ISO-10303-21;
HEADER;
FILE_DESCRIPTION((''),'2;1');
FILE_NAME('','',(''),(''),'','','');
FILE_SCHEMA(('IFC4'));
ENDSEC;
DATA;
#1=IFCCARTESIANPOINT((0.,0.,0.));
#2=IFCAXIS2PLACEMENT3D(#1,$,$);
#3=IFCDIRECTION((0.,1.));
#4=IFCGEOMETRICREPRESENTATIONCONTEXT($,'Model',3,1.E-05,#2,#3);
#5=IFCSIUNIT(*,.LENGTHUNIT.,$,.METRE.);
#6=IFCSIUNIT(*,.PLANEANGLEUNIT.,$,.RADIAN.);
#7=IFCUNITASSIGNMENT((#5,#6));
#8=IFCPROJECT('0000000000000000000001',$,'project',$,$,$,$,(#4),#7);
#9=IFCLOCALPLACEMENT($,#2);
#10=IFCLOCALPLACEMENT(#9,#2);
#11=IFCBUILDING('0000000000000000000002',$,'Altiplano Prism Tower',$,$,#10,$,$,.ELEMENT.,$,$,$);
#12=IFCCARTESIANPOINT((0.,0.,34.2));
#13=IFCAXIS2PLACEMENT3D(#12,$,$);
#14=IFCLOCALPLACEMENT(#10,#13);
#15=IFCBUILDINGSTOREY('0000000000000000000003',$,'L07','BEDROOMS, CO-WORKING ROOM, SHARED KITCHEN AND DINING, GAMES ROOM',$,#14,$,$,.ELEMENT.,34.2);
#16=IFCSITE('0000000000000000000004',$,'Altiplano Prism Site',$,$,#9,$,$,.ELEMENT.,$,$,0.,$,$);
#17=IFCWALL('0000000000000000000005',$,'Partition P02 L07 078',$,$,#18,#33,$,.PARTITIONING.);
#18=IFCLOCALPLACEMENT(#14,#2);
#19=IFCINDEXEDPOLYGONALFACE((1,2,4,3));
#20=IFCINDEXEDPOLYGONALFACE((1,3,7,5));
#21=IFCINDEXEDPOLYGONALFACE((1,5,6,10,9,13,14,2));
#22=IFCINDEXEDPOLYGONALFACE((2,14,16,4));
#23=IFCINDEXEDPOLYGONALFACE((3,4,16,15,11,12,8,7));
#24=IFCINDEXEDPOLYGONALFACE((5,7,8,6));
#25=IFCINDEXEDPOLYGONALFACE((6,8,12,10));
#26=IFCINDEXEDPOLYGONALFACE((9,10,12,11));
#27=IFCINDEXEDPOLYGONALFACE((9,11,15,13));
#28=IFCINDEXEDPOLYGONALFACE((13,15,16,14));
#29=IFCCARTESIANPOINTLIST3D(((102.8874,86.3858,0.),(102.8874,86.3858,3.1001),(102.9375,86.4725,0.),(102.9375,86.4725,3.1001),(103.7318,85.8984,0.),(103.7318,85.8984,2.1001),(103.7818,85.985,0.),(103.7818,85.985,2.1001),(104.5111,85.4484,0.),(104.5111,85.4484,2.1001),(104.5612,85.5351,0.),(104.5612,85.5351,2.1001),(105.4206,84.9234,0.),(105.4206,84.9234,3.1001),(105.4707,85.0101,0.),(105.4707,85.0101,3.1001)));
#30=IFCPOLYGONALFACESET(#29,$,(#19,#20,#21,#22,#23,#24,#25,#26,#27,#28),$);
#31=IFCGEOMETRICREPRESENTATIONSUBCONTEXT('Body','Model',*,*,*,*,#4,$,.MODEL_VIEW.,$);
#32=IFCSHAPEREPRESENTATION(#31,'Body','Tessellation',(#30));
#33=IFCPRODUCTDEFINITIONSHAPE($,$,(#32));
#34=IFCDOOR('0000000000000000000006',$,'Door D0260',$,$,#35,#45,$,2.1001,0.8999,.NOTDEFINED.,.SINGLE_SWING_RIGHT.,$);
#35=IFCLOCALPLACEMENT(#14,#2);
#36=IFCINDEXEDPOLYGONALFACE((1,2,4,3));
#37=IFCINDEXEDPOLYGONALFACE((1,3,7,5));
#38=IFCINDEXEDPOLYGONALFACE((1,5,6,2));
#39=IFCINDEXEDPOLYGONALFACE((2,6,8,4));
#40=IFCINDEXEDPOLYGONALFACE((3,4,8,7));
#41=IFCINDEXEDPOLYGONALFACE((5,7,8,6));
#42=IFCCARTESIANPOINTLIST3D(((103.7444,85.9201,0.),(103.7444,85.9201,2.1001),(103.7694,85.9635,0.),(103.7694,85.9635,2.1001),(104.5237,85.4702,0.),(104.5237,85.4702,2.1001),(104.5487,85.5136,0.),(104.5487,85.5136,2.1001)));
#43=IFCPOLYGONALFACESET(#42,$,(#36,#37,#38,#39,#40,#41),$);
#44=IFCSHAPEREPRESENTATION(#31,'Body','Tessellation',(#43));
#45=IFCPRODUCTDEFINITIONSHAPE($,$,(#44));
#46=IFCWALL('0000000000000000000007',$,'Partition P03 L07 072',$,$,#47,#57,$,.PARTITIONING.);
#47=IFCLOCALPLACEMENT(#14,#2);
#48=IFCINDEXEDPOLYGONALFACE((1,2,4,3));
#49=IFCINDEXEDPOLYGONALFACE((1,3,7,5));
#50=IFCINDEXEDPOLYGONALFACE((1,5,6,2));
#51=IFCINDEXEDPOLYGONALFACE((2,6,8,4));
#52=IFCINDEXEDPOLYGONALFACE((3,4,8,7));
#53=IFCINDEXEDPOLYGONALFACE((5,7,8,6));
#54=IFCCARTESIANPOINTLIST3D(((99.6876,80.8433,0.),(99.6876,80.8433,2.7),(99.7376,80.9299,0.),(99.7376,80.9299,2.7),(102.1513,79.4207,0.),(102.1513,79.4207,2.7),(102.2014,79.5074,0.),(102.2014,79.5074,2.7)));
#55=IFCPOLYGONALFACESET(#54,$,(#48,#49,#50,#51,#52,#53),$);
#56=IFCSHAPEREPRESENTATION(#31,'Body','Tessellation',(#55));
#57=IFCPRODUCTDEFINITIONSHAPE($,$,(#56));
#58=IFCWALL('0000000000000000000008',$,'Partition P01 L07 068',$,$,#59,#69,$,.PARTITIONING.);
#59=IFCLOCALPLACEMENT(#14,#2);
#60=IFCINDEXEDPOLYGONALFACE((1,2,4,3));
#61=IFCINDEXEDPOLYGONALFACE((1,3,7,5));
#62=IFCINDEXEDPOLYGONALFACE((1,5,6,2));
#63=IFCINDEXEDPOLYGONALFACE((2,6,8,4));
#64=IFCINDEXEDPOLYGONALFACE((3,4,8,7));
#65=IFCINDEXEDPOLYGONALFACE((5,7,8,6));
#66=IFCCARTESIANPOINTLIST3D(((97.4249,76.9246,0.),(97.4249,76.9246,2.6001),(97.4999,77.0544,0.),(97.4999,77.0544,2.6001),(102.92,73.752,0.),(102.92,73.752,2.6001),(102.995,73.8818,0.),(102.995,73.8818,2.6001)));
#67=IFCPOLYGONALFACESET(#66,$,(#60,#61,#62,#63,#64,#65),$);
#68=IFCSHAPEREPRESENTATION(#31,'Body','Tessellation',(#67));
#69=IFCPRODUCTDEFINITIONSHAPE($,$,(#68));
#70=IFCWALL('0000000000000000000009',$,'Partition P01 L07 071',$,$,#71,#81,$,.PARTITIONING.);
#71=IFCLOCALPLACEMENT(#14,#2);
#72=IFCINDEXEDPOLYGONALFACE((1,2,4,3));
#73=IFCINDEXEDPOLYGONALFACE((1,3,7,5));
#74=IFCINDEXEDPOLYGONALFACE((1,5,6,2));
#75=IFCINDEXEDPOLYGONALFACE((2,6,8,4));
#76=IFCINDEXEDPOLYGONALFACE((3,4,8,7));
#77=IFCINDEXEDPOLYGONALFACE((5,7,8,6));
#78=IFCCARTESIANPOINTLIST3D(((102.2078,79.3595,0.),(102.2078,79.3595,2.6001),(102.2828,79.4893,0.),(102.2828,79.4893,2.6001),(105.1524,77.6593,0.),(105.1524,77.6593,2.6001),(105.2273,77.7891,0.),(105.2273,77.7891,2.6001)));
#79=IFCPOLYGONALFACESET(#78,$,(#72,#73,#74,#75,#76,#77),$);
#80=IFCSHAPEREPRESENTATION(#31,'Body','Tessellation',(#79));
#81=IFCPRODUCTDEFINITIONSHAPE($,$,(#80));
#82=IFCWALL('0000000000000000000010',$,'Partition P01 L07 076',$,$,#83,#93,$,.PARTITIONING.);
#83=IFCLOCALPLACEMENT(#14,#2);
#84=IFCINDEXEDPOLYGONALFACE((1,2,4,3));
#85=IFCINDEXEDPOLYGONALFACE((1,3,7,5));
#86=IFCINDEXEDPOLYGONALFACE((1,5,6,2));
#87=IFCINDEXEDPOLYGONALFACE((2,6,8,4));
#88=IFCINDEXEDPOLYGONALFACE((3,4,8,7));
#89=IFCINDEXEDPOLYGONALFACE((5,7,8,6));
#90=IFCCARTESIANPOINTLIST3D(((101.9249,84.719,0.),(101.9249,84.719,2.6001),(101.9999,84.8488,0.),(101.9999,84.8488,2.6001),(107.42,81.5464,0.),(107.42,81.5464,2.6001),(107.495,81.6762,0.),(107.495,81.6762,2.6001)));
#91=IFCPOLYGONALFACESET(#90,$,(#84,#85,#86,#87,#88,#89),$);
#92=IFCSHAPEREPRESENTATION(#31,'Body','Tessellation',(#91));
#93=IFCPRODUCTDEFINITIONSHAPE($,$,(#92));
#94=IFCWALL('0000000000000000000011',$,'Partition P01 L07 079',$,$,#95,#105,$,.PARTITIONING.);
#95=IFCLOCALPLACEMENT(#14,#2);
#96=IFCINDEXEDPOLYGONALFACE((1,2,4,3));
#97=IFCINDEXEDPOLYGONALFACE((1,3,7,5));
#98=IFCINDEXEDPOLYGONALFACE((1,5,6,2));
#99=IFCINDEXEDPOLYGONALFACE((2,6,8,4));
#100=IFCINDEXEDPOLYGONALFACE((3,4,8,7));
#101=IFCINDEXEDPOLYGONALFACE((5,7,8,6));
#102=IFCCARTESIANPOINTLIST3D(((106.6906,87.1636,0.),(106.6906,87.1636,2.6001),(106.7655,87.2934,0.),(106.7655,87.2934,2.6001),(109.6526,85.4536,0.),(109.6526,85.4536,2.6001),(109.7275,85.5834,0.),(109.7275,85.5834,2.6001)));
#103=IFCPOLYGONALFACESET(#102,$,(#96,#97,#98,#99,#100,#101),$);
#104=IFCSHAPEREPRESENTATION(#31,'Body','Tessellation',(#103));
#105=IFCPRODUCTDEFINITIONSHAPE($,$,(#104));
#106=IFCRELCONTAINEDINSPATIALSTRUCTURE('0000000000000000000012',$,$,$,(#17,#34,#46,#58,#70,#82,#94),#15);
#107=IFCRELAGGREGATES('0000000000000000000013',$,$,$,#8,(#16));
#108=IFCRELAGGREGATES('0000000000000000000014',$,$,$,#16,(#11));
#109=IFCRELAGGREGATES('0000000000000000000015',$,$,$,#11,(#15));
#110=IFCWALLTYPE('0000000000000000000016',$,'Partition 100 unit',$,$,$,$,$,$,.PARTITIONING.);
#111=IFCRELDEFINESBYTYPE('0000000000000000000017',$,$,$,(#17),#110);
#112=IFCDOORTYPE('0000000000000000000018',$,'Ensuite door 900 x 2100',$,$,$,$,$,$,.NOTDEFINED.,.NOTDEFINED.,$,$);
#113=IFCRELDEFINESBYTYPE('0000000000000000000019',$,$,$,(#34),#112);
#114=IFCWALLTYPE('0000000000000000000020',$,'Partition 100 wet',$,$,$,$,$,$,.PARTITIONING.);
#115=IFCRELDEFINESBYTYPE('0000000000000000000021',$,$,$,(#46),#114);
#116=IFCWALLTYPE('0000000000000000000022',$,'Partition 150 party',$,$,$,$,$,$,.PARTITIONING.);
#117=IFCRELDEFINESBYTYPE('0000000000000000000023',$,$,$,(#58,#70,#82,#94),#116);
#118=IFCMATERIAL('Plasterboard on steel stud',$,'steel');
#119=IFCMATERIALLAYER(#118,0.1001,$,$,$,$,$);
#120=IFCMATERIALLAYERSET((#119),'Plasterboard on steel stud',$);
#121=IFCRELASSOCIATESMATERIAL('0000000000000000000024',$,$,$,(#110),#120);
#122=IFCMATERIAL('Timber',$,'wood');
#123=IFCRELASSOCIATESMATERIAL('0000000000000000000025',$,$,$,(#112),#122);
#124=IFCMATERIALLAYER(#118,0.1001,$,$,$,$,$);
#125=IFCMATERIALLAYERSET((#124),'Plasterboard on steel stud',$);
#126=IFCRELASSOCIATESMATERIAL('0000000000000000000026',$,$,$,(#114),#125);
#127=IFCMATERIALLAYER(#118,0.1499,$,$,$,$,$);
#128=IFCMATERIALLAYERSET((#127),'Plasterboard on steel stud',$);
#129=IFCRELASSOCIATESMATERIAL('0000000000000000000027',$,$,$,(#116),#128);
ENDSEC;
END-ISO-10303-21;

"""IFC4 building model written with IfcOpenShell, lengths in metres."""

from ifc_helpers import new_model, si_unit, direction, frame, frame_2d, origin, place, context, subcontext, project, spatial, rectangle, extrude, material, layer, layer_set, type_object, element, fill, save


model = new_model("IFC4")

# Units and contexts
model_context = context("Model", 3, precision=1e-05, world=origin(), true_north=direction((0.0, 1.0)))
body_context = subcontext(model_context, "Body", "Model", "MODEL_VIEW")
ifc_project = project(units=[si_unit("LENGTHUNIT", "METRE"), si_unit("PLANEANGLEUNIT", "RADIAN")], contexts=[model_context])

# Site, building, storey
site_placement = place(None, origin())
site = spatial("IfcSite", under=ifc_project, at=site_placement, Name="Altiplano Prism Site", CompositionType="ELEMENT", RefElevation=0.0)
building_placement = place(site_placement, origin())
building = spatial("IfcBuilding", under=site, at=building_placement, Name="Altiplano Prism Tower", CompositionType="ELEMENT")
storey_placement = place(building_placement, frame((0.0, 0.0, 34.2)))
storey = spatial("IfcBuildingStorey", under=building, at=storey_placement, Name="L07", Description="BEDROOMS, CO-WORKING ROOM, SHARED KITCHEN AND DINING, GAMES ROOM", CompositionType="ELEMENT", Elevation=34.2)

# Shared definitions
ifc_material_1 = material(Name="Plasterboard on steel stud", Category="steel")
ifc_layer_1 = layer(ifc_material_1, 0.1001)
ifc_layer_set_1 = layer_set([ifc_layer_1], Name="Plasterboard on steel stud")
wall_type_1 = type_object("IfcWallType", Name="Partition 100 unit", PredefinedType="PARTITIONING", material=ifc_layer_set_1)

# Wall, opening, door
wall_1_placement = place(storey_placement, frame((105.4456, 84.9668, 0.0), z_axis=(0.0, 0.0, 1.0), x_axis=(-0.866047, 0.499963, 0.0)))
wall_1 = element("IfcWall", 1, at=wall_1_placement, inside=storey, type_object=wall_type_1, Name="Partition P02 L07 078", PredefinedType="PARTITIONING", context=body_context, shape_type="SweptSolid", body=[
    extrude(rectangle(XDim=2.925, YDim=0.1001, at=frame_2d((1.4624, 0.0))), origin(), (0.0, 0.0, 1.0), 3.1001),
])
opening_placement = place(wall_1_placement, frame((1.05, 0.0, 0.0)))
opening = element("IfcOpeningElement", 2, at=opening_placement, cuts=wall_1, PredefinedType="OPENING", context=body_context, shape_type="SweptSolid", body=[
    extrude(rectangle(XDim=0.8999, YDim=2.1001, at=frame_2d((0.45, 1.05))), frame((0.0, 0.0605, 0.0), z_axis=(0.0, -1.0, 0.0), x_axis=(1.0, 0.0, 0.0)), (0.0, 0.0, 1.0), 0.1211),
])
ifc_material_2 = material(Name="Timber", Category="wood")
door_type = type_object("IfcDoorType", Name="Ensuite door 900 x 2100", OperationType="NOTDEFINED", PredefinedType="NOTDEFINED", material=ifc_material_2)
door_placement = place(opening_placement, origin())
door = element("IfcDoor", 3, at=door_placement, inside=storey, type_object=door_type, Name="Door D0260", OperationType="SINGLE_SWING_RIGHT", OverallHeight=2.1001, OverallWidth=0.8999, PredefinedType="NOTDEFINED", context=body_context, shape_type="SweptSolid", body=[
    extrude(rectangle(XDim=0.8999, YDim=2.1001, at=frame_2d((0.45, 1.05))), frame((0.0, 0.0249, 0.0), z_axis=(0.0, -1.0, 0.0), x_axis=(1.0, 0.0, 0.0)), (0.0, 0.0, 1.0), 0.05),
])
fill(opening, door)

# Walls
ifc_layer_2 = layer(ifc_material_1, 0.1001)
ifc_layer_set_2 = layer_set([ifc_layer_2], Name="Plasterboard on steel stud")
wall_type_2 = type_object("IfcWallType", Name="Partition 100 wet", PredefinedType="PARTITIONING", material=ifc_layer_set_2)
wall_2_placement = place(storey_placement, frame((102.1763, 79.4641, 0.0), z_axis=(0.0, 0.0, 1.0), x_axis=(-0.866011, 0.500025, 0.0)))
element("IfcWall", 4, at=wall_2_placement, inside=storey, type_object=wall_type_2, Name="Partition P03 L07 072", PredefinedType="PARTITIONING", context=body_context, shape_type="SweptSolid", body=[
    extrude(rectangle(XDim=2.845, YDim=0.1001, at=frame_2d((1.4224, 0.0))), origin(), (0.0, 0.0, 1.0), 2.7),
])
ifc_layer_3 = layer(ifc_material_1, 0.1499)
ifc_layer_set_3 = layer_set([ifc_layer_3], Name="Plasterboard on steel stud")
wall_type_3 = type_object("IfcWallType", Name="Partition 150 party", PredefinedType="PARTITIONING", material=ifc_layer_set_3)
wall_3_placement = place(storey_placement, frame((102.9575, 73.8169, 0.0), z_axis=(0.0, 0.0, 1.0), x_axis=(-0.866025, 0.5, 0.0)))
element("IfcWall", 5, at=wall_3_placement, inside=storey, type_object=wall_type_3, Name="Partition P01 L07 068", PredefinedType="PARTITIONING", context=body_context, shape_type="SweptSolid", body=[
    extrude(rectangle(XDim=6.3452, YDim=0.1499, at=frame_2d((3.1726, 0.0))), origin(), (0.0, 0.0, 1.0), 2.6001),
])
wall_4_placement = place(storey_placement, frame((105.1899, 77.7241, 0.0), z_axis=(0.0, 0.0, 1.0), x_axis=(-0.866007, 0.500031, 0.0)))
element("IfcWall", 6, at=wall_4_placement, inside=storey, type_object=wall_type_3, Name="Partition P01 L07 071", PredefinedType="PARTITIONING", context=body_context, shape_type="SweptSolid", body=[
    extrude(rectangle(XDim=3.4001, YDim=0.1499, at=frame_2d((1.7002, 0.0))), origin(), (0.0, 0.0, 1.0), 2.6001),
])
wall_5_placement = place(storey_placement, frame((107.4575, 81.6113, 0.0), z_axis=(0.0, 0.0, 1.0), x_axis=(-0.866025, 0.5, 0.0)))
element("IfcWall", 7, at=wall_5_placement, inside=storey, type_object=wall_type_3, Name="Partition P01 L07 076", PredefinedType="PARTITIONING", context=body_context, shape_type="SweptSolid", body=[
    extrude(rectangle(XDim=6.3452, YDim=0.1499, at=frame_2d((3.1726, 0.0))), origin(), (0.0, 0.0, 1.0), 2.6001),
])
wall_6_placement = place(storey_placement, frame((109.6899, 85.5186, 0.0), z_axis=(0.0, 0.0, 1.0), x_axis=(-0.866038, 0.499978, 0.0)))
element("IfcWall", 8, at=wall_6_placement, inside=storey, type_object=wall_type_3, Name="Partition P01 L07 079", PredefinedType="PARTITIONING", context=body_context, shape_type="SweptSolid", body=[
    extrude(rectangle(XDim=3.4202, YDim=0.1499, at=frame_2d((1.71, 0.0))), origin(), (0.0, 0.0, 1.0), 2.6001),
])

save(model, "model.ifc")
